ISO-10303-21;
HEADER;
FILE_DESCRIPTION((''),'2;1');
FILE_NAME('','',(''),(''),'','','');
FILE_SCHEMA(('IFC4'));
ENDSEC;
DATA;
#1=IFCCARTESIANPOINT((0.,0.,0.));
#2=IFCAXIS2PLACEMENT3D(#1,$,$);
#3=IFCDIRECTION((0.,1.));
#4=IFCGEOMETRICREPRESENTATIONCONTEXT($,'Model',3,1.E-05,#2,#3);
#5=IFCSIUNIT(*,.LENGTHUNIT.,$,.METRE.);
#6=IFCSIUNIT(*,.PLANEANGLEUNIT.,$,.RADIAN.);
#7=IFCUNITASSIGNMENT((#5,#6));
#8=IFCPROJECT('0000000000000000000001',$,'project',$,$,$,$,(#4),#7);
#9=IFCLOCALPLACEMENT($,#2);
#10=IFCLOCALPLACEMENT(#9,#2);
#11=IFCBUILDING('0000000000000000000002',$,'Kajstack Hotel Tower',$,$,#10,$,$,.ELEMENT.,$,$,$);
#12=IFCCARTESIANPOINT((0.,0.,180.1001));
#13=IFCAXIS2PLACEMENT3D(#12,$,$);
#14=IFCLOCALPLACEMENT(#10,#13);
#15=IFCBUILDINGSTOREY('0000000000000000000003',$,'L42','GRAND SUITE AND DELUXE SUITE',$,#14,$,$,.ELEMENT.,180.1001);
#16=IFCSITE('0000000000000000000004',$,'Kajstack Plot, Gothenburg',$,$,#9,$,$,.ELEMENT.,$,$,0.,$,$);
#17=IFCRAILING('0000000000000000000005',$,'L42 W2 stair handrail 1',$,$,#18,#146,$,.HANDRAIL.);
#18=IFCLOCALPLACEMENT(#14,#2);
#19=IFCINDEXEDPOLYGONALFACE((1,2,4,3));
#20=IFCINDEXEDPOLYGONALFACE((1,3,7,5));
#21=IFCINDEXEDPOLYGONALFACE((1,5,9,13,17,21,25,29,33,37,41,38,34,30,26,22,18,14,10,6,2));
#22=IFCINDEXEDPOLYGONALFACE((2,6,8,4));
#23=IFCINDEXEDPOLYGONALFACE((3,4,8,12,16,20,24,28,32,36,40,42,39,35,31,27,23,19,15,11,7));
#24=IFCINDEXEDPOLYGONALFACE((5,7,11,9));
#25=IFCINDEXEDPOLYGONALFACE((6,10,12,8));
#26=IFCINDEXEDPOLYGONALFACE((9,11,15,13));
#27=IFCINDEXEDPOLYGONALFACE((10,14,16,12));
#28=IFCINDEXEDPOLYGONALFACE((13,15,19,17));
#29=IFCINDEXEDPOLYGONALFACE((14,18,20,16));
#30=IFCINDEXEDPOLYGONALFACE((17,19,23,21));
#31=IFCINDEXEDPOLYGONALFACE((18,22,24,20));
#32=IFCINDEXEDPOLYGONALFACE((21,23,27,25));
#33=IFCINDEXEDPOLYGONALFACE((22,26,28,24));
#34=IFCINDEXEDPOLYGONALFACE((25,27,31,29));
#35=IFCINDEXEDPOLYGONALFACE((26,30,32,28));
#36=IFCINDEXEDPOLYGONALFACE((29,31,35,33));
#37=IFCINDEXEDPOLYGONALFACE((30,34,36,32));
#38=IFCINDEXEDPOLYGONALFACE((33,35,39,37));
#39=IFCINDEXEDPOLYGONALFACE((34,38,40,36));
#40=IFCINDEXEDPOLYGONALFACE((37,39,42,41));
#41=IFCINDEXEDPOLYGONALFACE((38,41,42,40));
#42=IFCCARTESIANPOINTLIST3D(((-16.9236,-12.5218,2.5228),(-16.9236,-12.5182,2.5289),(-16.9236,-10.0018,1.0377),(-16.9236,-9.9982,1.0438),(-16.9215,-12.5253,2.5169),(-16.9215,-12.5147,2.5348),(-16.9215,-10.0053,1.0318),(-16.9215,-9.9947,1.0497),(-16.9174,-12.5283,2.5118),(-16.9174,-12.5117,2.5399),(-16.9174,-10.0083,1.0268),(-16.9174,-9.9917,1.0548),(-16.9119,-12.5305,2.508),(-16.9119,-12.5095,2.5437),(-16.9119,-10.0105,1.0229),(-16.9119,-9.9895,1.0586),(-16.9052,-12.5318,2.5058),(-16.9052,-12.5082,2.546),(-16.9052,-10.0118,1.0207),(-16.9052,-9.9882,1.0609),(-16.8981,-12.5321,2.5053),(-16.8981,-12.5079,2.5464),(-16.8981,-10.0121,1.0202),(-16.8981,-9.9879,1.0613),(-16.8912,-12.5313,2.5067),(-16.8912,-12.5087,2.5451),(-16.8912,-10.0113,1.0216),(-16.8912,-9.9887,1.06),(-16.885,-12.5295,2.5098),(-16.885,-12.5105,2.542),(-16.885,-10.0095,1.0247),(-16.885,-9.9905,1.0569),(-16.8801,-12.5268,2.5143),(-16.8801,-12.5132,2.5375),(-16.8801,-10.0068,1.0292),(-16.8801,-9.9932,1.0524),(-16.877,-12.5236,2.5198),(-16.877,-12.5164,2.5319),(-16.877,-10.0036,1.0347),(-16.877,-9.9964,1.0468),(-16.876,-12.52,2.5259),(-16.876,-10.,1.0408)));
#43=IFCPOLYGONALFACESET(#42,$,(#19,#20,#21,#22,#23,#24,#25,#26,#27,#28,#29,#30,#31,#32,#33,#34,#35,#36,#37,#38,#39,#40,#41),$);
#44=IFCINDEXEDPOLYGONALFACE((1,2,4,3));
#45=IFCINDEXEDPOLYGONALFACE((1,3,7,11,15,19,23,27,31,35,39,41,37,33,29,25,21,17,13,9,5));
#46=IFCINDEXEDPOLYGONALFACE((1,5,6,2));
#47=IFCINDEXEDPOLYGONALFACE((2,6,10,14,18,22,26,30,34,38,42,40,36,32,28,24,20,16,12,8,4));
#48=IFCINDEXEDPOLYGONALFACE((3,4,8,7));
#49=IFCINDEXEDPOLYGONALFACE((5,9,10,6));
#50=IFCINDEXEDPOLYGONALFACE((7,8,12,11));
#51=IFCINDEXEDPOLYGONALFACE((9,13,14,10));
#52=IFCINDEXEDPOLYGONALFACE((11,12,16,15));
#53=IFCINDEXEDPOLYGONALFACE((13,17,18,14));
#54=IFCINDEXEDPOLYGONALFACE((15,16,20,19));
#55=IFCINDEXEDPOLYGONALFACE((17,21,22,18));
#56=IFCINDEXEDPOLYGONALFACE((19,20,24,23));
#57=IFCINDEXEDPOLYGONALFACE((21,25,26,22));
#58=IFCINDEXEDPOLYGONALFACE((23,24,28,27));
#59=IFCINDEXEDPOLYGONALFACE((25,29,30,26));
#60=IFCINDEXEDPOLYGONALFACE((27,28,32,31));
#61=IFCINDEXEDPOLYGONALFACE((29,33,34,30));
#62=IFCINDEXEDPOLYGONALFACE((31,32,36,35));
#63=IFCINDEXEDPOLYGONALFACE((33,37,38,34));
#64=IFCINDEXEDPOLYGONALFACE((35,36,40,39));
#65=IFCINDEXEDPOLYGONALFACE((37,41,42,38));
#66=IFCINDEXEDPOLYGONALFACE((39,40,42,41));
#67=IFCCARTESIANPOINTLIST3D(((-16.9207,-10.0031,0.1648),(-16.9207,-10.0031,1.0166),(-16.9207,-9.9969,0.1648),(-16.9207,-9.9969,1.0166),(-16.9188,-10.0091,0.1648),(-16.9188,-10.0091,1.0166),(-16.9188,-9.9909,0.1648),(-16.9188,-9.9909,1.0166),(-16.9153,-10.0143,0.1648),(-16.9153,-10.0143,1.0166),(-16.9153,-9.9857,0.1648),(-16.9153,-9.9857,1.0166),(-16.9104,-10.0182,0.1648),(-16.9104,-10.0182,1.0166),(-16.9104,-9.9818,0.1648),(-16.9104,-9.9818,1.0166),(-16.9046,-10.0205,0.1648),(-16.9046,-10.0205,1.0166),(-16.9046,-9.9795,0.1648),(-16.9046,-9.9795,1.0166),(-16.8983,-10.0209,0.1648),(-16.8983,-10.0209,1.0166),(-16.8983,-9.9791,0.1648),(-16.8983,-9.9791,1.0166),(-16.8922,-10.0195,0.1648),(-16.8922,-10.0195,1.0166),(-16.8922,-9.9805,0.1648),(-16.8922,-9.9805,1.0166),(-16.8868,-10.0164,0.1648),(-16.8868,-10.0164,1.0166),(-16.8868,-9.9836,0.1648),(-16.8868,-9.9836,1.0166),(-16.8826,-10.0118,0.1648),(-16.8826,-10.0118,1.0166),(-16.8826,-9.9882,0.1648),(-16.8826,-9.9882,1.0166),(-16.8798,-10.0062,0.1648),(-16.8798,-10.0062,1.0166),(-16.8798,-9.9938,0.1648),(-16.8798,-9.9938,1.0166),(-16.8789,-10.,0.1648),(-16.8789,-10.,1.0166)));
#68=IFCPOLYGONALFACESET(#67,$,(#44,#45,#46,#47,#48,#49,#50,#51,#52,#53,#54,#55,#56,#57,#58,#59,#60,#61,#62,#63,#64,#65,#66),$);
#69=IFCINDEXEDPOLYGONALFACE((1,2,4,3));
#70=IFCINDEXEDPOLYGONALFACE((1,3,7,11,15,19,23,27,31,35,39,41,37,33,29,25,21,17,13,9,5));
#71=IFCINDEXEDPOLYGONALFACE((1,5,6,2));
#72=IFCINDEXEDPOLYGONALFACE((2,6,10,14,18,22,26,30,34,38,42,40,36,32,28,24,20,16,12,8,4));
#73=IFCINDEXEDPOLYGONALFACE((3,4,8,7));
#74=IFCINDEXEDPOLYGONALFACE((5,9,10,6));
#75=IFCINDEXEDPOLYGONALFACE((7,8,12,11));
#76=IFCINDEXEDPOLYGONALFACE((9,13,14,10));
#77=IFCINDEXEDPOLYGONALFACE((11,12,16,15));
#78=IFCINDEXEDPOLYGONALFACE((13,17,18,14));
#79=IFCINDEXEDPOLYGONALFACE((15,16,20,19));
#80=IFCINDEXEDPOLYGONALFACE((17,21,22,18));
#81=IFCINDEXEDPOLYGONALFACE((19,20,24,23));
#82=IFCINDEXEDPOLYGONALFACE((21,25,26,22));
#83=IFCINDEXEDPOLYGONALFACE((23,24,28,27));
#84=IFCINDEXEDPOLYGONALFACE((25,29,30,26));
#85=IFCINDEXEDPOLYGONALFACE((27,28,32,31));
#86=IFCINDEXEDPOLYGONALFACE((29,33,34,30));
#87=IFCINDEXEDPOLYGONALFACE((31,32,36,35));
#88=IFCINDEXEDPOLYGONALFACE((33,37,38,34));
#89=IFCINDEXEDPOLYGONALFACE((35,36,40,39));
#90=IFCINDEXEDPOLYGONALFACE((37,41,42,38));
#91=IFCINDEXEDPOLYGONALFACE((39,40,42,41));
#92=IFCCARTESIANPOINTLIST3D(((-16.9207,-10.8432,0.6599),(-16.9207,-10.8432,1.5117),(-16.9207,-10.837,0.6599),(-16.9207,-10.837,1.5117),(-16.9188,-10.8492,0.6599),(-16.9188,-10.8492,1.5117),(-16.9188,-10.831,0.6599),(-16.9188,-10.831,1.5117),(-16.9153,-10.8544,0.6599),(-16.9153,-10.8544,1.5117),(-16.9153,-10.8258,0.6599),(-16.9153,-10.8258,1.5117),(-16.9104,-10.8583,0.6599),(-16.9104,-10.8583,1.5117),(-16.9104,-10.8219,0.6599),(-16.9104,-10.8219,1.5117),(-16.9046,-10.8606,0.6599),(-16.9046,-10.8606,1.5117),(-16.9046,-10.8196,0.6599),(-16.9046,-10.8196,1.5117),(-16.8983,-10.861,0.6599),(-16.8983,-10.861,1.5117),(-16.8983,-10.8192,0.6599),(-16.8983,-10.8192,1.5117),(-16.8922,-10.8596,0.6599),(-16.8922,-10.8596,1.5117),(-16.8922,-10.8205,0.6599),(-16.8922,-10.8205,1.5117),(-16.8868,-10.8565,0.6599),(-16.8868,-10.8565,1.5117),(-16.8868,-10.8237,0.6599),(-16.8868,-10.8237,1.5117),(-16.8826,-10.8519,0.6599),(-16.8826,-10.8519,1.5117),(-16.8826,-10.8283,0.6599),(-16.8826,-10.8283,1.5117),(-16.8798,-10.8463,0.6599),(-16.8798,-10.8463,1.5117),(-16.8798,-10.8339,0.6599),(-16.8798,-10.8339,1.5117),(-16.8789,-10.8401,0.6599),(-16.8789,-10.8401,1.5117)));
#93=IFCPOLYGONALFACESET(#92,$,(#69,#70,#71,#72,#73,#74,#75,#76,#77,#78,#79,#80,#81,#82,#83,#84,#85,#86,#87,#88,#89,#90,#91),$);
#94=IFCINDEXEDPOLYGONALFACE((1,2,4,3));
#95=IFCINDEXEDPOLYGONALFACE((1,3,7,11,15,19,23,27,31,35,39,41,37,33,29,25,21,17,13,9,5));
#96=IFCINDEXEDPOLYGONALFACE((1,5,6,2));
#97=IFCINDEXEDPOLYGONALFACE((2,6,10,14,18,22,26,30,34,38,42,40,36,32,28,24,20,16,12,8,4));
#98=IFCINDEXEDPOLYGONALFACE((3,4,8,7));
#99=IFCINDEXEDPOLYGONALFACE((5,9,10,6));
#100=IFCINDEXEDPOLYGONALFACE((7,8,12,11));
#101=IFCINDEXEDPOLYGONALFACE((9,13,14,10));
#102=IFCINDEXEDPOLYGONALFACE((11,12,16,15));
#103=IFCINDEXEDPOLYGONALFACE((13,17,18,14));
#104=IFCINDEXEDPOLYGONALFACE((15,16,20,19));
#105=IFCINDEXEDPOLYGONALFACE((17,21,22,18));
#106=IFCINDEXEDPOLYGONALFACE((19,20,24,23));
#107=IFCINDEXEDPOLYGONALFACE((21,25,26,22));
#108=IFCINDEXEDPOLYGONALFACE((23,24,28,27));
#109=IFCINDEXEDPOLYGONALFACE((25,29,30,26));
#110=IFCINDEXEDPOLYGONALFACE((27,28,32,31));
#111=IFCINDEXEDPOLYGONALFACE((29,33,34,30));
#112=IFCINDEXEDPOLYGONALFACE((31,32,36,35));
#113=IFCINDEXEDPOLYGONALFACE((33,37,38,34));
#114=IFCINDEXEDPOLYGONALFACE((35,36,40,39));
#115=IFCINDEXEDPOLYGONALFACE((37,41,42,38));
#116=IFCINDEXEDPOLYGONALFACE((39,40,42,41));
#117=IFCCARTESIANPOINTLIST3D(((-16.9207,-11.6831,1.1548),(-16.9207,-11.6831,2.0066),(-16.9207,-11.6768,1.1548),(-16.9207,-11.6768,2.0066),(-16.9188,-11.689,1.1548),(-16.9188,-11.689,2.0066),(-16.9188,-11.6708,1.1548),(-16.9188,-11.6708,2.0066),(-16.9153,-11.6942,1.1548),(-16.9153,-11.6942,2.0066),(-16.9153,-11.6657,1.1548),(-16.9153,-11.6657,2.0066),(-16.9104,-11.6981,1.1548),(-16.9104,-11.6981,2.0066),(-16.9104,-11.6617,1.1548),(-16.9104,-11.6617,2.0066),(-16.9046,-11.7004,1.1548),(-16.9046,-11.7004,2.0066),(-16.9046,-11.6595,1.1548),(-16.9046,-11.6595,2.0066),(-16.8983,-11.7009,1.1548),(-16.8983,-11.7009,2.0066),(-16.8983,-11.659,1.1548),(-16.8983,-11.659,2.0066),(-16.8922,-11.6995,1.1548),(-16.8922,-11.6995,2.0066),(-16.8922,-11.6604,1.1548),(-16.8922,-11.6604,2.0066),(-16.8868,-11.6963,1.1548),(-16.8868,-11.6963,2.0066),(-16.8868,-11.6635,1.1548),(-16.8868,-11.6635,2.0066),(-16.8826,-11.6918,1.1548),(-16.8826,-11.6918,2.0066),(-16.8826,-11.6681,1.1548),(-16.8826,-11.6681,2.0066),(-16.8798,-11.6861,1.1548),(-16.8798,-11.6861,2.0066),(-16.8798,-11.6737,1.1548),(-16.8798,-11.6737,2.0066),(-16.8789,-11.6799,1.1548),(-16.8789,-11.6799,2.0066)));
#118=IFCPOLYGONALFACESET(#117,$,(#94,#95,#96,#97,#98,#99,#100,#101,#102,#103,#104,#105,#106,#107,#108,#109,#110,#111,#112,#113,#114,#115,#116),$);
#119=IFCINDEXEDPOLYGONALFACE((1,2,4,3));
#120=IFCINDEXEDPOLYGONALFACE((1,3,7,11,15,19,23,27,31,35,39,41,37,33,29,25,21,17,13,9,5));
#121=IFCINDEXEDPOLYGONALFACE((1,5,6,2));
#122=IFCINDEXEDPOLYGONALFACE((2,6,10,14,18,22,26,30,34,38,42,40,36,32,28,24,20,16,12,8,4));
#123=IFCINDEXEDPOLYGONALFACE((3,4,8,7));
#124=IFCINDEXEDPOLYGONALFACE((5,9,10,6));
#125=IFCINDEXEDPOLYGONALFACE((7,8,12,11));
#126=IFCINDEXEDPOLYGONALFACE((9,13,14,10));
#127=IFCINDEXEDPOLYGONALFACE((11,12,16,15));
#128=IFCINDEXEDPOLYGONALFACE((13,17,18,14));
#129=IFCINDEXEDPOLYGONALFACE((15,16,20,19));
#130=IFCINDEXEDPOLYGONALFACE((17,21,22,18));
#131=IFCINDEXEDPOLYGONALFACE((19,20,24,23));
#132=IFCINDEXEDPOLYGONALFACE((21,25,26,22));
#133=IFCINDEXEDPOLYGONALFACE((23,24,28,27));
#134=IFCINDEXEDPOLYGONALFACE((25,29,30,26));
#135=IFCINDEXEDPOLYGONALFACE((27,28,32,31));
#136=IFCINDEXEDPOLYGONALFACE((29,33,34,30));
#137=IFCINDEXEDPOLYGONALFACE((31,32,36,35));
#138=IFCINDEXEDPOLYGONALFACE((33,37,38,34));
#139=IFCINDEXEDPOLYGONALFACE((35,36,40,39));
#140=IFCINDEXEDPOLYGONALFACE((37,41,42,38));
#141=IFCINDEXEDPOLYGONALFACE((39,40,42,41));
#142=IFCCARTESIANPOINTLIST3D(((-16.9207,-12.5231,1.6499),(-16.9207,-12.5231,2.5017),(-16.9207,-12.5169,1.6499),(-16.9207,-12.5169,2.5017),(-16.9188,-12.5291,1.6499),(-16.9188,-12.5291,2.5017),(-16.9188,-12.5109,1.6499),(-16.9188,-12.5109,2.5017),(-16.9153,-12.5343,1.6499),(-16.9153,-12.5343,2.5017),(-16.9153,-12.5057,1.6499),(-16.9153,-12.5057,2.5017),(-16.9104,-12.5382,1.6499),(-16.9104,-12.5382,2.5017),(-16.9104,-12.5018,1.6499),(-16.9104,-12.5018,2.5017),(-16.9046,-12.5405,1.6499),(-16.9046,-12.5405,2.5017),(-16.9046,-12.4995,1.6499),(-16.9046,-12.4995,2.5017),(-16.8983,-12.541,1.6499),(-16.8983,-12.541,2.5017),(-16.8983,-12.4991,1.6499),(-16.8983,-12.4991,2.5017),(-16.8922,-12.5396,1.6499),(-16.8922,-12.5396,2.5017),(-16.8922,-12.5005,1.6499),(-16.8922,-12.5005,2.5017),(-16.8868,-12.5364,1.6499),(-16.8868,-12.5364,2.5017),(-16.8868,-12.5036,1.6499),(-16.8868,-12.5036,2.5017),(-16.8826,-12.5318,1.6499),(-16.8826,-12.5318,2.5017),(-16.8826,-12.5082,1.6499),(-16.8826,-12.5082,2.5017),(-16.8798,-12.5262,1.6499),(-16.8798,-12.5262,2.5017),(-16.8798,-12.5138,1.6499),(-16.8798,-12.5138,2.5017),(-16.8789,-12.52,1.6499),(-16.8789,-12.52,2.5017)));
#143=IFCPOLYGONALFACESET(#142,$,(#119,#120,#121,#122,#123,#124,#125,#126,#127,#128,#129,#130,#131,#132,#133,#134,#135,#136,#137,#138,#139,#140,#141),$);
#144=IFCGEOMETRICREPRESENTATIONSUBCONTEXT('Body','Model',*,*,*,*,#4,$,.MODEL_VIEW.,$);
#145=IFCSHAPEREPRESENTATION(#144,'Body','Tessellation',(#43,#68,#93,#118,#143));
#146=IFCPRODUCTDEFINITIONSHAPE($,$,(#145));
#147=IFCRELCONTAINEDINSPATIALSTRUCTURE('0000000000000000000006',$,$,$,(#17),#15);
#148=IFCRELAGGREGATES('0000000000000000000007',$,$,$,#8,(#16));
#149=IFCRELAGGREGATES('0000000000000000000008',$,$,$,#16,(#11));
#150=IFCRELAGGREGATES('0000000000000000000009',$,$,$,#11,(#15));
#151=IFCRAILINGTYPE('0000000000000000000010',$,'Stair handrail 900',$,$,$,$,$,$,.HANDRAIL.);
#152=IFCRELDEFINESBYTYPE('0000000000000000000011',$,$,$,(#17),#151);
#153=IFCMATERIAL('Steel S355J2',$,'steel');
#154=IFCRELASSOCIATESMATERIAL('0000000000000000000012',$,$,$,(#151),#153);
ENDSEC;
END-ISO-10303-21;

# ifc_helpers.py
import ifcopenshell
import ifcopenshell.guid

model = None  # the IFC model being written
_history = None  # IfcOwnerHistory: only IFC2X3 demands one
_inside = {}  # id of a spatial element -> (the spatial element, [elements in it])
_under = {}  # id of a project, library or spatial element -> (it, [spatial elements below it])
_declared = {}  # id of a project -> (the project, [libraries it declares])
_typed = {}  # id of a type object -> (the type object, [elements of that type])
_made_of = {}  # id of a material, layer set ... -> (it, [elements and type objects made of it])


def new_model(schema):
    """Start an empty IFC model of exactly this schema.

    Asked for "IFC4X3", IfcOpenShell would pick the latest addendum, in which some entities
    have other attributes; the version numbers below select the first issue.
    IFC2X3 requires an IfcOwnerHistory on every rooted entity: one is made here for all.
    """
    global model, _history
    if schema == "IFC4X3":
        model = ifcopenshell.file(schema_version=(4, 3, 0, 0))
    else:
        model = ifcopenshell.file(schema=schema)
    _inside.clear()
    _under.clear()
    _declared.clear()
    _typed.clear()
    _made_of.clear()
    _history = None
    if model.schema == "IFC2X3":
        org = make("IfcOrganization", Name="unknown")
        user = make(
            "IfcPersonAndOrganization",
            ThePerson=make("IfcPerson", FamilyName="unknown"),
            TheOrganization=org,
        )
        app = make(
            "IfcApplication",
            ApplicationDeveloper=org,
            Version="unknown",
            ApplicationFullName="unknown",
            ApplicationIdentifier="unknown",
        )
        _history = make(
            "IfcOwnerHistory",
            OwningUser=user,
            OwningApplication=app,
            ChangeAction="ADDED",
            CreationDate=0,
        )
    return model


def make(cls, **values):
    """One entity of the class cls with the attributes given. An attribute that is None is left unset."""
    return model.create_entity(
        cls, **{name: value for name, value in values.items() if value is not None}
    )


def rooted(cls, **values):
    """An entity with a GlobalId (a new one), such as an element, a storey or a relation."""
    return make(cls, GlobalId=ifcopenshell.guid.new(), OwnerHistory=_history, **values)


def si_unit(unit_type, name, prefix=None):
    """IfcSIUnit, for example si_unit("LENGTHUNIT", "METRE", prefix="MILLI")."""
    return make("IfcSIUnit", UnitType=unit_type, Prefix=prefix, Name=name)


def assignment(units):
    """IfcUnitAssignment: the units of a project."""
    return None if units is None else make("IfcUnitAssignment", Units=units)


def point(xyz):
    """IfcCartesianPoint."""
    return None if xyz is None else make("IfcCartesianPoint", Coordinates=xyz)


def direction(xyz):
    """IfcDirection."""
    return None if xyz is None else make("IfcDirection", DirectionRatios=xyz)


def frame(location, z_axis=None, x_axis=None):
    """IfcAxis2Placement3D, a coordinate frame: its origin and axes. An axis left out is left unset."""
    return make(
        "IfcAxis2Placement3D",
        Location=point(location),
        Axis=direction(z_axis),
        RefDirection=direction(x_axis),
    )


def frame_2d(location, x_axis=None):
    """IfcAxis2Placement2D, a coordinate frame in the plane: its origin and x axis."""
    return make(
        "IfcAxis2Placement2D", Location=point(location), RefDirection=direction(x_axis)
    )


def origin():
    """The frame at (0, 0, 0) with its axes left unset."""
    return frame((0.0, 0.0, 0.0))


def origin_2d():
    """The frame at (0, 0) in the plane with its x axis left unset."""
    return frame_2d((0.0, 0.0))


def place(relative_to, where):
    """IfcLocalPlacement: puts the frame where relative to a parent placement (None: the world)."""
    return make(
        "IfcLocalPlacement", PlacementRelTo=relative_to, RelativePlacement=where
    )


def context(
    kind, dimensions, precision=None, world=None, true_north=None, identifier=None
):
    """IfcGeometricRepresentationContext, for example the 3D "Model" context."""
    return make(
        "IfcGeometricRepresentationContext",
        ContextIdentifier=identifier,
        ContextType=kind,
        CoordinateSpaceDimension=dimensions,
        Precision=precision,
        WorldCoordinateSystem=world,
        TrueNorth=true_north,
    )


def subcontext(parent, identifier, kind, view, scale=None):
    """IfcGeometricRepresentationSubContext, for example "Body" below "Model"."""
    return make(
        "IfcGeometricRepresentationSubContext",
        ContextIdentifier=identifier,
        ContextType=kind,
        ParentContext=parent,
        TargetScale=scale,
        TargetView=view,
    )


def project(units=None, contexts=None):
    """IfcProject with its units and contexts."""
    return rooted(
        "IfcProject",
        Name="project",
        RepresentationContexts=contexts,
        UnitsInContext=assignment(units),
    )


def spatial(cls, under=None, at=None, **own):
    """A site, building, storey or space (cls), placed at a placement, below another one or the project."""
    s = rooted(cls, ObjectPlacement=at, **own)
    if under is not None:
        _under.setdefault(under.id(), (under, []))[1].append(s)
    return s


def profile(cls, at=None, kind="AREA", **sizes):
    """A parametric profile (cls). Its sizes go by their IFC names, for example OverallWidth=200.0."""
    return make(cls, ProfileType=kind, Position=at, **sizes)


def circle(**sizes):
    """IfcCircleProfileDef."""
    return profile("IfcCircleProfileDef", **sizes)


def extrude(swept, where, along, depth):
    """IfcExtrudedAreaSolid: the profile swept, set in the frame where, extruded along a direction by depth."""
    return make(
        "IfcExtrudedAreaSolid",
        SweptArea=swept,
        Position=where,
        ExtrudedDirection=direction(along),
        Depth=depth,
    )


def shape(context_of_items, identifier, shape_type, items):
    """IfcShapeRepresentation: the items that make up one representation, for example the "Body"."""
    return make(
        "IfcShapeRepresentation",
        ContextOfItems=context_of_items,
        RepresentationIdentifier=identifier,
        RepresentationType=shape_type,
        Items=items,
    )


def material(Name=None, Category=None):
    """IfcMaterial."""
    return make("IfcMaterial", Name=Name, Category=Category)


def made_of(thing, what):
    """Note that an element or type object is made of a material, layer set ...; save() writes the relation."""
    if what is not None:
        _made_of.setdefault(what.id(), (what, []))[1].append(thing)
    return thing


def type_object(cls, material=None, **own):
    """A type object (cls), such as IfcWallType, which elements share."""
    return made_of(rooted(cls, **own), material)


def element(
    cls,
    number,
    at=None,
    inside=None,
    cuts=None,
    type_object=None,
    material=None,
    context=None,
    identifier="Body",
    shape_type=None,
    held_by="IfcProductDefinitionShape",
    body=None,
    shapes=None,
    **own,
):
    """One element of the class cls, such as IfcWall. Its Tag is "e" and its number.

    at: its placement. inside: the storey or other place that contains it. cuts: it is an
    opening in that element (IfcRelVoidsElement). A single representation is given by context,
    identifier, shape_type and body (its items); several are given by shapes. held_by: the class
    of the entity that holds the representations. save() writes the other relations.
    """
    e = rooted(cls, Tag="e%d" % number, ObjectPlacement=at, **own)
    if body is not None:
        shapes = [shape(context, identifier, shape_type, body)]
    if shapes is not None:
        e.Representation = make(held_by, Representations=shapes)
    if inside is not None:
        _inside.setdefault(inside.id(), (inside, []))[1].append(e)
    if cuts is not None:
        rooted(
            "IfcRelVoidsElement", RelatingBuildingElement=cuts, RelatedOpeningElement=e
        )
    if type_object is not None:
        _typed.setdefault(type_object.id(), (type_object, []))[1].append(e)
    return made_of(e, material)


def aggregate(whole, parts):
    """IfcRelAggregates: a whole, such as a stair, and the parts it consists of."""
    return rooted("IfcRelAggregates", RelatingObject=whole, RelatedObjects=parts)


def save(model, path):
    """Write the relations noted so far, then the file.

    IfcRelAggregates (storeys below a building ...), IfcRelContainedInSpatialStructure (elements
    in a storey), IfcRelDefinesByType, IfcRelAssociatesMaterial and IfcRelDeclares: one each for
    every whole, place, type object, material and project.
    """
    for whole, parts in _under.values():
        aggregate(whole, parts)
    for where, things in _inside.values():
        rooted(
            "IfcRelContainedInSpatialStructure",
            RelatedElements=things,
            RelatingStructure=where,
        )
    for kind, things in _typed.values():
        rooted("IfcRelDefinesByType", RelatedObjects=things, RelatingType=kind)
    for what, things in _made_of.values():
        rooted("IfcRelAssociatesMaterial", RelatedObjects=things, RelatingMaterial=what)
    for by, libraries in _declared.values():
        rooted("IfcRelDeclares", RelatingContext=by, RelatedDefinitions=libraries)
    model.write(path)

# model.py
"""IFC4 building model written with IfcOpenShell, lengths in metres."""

from ifc_helpers import new_model, si_unit, direction, frame, origin, origin_2d, place, context, subcontext, project, spatial, circle, extrude, material, type_object, element, save


model = new_model("IFC4")

# Units and contexts
model_context = context("Model", 3, precision=1e-05, world=origin(), true_north=direction((0.0, 1.0)))
body_context = subcontext(model_context, "Body", "Model", "MODEL_VIEW")
ifc_project = project(units=[si_unit("LENGTHUNIT", "METRE"), si_unit("PLANEANGLEUNIT", "RADIAN")], contexts=[model_context])

# Site, building, storey
site_placement = place(None, origin())
site = spatial("IfcSite", under=ifc_project, at=site_placement, Name="Kajstack Plot, Gothenburg", CompositionType="ELEMENT", RefElevation=0.0)
building_placement = place(site_placement, origin())
building = spatial("IfcBuilding", under=site, at=building_placement, Name="Kajstack Hotel Tower", CompositionType="ELEMENT")
storey_placement = place(building_placement, frame((0.0, 0.0, 180.1001)))
storey = spatial("IfcBuildingStorey", under=building, at=storey_placement, Name="L42", Description="GRAND SUITE AND DELUXE SUITE", CompositionType="ELEMENT", Elevation=180.1001)

# Railing
ifc_material_1 = material(Name="Steel S355J2", Category="steel")
railing_type_1 = type_object("IfcRailingType", Name="Stair handrail 900", PredefinedType="HANDRAIL", material=ifc_material_1)
railing_1_placement = place(storey_placement, frame((-16.8999, -10.0, 0.1648)))
element("IfcRailing", 1, at=railing_1_placement, inside=storey, type_object=railing_type_1, Name="L42 W2 stair handrail 1", PredefinedType="HANDRAIL", context=body_context, shape_type="SweptSolid", body=[
    extrude(circle(Radius=0.0239, at=origin_2d()), frame((0.0, 0.0, 0.876), z_axis=(0.0, -0.861524, 0.507717), x_axis=(1.0, 0.0, 0.0)), (0.0, 0.0, 1.0), 2.925),
    extrude(circle(Radius=0.021, at=origin_2d()), origin(), (0.0, 0.0, 1.0), 0.8518),
    extrude(circle(Radius=0.021, at=origin_2d()), frame((0.0, -0.8401, 0.4951)), (0.0, 0.0, 1.0), 0.8518),
    extrude(circle(Radius=0.021, at=origin_2d()), frame((0.0, -1.6799, 0.99)), (0.0, 0.0, 1.0), 0.8518),
    extrude(circle(Radius=0.021, at=origin_2d()), frame((0.0, -2.52, 1.4851)), (0.0, 0.0, 1.0), 0.8518),
])

save(model, "model.ifc")
